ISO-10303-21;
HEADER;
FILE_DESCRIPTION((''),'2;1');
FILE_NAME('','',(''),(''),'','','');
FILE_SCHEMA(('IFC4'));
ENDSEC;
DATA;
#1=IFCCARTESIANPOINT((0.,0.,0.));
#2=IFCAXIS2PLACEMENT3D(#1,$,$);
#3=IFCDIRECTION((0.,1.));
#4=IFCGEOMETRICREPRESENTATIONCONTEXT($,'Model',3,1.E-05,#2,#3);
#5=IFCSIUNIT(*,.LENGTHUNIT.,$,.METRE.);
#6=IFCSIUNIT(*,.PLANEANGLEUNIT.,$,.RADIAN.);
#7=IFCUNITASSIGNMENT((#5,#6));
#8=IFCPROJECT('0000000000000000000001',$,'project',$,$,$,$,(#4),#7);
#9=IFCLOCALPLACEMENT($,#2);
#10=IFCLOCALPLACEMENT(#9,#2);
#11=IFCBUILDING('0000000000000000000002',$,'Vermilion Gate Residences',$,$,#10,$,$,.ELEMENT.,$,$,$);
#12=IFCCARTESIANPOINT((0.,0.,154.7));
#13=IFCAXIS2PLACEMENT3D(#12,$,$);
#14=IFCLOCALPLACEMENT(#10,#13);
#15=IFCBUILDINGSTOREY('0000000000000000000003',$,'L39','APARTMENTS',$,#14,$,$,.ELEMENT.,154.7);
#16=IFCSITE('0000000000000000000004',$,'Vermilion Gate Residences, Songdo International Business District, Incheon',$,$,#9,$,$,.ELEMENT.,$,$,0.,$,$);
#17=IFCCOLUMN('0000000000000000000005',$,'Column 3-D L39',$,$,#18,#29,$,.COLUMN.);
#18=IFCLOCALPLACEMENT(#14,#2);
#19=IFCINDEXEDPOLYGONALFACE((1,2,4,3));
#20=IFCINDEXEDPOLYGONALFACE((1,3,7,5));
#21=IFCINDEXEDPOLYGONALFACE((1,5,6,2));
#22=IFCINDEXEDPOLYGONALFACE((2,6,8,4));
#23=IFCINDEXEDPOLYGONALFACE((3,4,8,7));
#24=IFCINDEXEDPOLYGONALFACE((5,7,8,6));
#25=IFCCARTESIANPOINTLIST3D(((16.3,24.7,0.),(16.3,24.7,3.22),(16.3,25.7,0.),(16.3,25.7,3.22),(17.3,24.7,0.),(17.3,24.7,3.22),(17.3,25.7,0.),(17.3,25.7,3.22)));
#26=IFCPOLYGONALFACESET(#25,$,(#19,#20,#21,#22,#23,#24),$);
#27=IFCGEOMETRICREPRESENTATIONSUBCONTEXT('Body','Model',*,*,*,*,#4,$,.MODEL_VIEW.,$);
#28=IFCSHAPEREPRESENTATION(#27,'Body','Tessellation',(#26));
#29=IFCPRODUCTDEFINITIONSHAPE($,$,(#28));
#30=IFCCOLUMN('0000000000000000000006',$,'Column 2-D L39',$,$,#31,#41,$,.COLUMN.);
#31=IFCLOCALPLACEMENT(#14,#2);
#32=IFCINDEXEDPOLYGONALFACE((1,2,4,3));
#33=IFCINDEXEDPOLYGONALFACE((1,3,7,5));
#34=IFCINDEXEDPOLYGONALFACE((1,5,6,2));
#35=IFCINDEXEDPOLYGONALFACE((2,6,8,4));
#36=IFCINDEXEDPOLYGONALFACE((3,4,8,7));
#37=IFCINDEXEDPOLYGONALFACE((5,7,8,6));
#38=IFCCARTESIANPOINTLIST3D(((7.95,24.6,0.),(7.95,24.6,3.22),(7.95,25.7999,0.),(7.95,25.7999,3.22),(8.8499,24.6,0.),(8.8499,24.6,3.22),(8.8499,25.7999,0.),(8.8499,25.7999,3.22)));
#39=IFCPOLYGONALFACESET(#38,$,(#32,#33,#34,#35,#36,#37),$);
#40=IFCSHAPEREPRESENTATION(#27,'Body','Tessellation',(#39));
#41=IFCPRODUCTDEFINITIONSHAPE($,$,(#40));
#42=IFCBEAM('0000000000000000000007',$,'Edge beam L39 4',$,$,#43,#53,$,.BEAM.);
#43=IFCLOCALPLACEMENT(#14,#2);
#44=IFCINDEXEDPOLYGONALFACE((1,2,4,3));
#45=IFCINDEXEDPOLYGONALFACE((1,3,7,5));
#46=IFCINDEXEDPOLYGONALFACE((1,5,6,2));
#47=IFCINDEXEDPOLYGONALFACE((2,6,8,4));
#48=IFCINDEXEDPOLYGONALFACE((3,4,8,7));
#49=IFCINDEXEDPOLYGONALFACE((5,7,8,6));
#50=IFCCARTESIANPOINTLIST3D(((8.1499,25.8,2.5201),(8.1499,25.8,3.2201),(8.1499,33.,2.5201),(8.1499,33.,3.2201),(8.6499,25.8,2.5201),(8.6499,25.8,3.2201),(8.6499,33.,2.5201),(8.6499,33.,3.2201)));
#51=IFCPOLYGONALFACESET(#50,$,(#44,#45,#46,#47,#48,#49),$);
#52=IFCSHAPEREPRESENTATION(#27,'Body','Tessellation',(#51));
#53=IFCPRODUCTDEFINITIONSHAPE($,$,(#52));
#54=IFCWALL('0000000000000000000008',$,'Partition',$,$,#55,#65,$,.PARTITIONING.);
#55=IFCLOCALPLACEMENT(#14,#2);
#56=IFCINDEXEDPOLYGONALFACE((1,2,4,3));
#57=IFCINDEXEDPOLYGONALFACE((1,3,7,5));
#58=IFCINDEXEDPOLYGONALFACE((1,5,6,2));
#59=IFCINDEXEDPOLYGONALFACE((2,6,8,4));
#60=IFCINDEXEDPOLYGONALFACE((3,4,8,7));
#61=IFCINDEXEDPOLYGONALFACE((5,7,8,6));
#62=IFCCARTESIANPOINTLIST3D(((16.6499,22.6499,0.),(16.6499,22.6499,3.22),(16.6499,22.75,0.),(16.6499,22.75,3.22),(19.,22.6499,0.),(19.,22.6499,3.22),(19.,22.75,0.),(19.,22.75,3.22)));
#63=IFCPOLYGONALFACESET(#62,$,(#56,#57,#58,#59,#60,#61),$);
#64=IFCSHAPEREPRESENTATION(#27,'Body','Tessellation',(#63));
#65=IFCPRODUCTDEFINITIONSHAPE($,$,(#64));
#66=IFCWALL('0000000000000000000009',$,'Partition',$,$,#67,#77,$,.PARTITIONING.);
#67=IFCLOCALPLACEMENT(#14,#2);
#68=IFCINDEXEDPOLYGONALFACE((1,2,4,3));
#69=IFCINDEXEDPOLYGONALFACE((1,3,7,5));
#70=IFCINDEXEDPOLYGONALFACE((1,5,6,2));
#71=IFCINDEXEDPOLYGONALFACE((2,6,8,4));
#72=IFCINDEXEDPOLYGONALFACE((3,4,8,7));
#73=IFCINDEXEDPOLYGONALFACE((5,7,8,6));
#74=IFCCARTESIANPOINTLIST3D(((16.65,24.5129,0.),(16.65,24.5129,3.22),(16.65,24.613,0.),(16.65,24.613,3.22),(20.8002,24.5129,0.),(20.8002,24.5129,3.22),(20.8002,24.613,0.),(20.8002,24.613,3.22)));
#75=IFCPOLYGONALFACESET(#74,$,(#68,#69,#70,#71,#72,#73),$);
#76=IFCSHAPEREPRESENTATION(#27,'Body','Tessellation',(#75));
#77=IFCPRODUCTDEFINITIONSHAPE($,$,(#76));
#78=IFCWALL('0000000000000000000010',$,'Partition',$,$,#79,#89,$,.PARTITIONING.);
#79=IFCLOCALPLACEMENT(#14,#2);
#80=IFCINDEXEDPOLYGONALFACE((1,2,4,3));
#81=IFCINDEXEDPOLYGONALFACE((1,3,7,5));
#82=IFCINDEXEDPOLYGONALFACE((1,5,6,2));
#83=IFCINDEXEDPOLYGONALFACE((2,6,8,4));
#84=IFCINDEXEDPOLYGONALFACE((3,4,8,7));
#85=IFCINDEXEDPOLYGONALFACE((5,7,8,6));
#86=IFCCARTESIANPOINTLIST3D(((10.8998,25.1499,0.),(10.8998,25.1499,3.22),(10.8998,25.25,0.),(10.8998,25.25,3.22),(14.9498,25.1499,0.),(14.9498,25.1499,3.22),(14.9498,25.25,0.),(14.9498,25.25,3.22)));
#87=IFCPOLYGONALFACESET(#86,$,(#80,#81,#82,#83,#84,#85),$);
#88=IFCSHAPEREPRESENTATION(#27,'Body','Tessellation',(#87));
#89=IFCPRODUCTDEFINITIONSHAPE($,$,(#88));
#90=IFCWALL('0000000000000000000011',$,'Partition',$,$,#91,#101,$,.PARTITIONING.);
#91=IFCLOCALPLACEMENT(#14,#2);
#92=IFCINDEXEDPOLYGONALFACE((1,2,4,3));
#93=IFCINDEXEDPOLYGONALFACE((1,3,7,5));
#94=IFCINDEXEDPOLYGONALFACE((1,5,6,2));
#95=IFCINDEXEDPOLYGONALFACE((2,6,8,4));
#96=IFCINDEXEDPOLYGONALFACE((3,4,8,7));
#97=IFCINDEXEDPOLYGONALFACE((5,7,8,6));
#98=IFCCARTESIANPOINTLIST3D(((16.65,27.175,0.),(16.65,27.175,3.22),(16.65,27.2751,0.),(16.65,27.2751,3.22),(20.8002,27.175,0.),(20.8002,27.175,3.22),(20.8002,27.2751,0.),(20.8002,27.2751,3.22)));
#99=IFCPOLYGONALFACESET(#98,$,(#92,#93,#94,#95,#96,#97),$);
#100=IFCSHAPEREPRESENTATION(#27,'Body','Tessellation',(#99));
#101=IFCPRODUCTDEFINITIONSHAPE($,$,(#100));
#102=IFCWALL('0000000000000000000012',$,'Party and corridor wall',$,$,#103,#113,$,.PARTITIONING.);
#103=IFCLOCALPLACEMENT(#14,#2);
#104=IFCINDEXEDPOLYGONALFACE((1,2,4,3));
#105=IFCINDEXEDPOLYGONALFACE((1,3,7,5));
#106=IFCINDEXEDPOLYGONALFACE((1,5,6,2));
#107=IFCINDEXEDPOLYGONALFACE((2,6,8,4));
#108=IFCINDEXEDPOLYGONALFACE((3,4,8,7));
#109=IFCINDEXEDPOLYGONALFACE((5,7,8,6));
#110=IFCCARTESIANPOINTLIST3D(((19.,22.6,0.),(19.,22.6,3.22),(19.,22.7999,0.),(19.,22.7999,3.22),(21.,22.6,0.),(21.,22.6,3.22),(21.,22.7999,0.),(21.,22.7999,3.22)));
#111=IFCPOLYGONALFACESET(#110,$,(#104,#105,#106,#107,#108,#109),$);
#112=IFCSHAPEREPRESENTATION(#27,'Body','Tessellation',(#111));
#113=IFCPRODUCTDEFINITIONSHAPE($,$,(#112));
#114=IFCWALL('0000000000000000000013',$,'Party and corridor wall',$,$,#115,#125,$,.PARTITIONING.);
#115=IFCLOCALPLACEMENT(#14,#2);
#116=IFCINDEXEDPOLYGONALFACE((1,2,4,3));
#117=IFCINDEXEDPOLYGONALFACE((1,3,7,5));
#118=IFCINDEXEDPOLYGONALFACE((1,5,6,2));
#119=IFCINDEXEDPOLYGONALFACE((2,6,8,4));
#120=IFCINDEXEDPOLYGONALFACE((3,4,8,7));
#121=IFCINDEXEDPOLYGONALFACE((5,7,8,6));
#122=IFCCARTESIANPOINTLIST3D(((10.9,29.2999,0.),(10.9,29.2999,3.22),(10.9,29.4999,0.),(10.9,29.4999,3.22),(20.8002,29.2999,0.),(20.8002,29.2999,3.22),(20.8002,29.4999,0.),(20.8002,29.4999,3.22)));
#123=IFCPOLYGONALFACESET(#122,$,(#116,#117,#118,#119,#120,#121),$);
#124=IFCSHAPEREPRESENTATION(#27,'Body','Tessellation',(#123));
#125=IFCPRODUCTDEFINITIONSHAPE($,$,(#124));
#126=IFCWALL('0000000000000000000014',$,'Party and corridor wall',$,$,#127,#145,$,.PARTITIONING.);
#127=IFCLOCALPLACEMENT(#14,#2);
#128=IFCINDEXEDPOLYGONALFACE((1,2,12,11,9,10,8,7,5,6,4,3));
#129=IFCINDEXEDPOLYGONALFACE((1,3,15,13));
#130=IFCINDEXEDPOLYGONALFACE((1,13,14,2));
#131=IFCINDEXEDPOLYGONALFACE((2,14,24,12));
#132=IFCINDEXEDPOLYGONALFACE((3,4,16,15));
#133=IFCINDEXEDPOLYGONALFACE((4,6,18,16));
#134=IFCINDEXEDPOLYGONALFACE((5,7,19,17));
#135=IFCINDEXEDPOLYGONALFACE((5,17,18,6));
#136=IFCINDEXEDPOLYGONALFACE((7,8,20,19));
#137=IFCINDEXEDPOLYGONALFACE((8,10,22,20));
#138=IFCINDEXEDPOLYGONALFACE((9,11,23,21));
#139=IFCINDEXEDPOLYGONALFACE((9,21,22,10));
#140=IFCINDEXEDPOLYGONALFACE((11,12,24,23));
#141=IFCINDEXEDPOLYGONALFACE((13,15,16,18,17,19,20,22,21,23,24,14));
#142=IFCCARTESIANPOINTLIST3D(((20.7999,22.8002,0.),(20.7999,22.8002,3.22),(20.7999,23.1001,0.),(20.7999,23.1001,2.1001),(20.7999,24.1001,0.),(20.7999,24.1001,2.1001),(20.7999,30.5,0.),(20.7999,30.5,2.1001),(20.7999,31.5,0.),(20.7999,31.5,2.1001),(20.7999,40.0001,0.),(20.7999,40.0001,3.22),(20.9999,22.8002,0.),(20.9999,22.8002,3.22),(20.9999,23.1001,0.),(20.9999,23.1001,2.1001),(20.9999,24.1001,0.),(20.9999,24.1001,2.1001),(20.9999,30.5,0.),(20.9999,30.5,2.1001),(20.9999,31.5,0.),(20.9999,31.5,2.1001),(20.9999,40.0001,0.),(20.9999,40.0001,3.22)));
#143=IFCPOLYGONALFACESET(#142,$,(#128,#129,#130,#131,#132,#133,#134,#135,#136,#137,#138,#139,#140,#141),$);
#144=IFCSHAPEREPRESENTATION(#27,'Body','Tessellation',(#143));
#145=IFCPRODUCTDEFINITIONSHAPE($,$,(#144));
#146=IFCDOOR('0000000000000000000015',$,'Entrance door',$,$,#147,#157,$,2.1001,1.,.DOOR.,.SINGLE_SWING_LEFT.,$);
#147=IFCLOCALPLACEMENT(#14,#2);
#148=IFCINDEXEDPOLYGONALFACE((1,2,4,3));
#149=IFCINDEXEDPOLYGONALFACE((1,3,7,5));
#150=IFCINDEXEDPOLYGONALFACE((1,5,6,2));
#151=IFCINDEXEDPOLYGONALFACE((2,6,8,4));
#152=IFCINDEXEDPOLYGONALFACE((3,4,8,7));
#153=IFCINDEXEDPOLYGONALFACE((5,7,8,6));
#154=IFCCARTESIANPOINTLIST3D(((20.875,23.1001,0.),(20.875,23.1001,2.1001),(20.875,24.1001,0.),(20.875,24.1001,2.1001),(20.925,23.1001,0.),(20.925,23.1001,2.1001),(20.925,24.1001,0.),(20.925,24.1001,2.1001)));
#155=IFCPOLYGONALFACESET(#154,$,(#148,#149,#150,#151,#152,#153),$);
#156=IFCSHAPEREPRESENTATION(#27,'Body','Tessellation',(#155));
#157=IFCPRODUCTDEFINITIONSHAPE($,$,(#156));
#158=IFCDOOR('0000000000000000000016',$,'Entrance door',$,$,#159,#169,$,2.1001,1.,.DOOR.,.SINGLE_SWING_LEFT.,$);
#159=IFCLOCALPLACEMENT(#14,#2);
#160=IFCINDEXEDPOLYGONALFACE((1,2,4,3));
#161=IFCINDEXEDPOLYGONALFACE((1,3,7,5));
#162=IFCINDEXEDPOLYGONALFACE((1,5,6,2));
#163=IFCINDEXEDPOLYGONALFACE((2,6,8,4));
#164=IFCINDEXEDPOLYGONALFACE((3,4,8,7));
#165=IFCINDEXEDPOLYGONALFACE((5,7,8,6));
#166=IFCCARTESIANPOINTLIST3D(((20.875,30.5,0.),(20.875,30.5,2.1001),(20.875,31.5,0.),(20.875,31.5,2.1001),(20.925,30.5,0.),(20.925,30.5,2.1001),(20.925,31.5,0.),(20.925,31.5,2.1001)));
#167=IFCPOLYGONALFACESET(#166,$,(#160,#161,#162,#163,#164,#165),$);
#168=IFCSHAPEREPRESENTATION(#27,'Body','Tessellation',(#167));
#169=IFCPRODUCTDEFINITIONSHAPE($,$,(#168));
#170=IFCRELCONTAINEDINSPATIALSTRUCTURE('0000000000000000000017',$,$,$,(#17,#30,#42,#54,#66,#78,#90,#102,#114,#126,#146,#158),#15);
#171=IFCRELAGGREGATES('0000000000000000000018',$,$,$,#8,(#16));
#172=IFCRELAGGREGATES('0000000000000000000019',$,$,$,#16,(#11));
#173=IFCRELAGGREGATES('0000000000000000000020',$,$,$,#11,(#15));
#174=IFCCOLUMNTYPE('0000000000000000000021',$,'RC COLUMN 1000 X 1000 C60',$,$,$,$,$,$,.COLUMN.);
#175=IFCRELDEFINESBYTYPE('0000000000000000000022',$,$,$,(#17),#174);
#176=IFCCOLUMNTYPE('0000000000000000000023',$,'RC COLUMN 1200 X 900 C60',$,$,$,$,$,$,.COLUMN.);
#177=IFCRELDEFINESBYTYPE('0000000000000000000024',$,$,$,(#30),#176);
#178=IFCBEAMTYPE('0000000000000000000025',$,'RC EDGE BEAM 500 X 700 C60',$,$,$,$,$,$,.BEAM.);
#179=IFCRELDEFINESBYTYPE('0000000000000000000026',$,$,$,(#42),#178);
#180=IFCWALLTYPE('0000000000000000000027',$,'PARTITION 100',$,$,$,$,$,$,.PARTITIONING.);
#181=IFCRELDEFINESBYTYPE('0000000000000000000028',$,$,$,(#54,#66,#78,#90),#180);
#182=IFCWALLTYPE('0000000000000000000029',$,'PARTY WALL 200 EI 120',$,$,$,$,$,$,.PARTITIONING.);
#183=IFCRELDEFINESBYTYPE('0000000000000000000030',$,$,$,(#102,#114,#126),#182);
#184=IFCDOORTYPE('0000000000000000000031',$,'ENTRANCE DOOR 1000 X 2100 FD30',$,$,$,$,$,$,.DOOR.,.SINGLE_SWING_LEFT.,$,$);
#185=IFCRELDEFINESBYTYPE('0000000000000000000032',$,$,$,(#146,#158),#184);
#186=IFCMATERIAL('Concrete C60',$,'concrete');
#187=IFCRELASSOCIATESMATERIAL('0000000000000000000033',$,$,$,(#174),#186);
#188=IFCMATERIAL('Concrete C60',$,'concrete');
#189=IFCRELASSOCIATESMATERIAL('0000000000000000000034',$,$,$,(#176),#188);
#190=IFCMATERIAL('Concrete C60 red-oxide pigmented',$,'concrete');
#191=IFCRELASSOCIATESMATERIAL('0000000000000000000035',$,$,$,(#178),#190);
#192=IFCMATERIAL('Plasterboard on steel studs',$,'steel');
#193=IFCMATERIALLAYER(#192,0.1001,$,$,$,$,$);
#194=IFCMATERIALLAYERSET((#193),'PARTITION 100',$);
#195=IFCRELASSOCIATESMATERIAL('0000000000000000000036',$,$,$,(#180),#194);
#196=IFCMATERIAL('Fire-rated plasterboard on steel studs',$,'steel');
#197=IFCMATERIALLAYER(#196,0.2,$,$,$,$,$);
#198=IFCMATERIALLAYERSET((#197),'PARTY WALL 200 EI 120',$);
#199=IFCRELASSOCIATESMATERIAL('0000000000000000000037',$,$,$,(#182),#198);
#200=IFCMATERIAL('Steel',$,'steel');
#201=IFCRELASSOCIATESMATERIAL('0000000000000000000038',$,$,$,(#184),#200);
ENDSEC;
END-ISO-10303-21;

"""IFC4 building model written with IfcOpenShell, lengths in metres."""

from ifc_helpers import new_model, si_unit, direction, frame, frame_2d, origin, origin_2d, place, context, subcontext, project, spatial, rectangle, extrude, material, layer, layer_set, material_profile, profile_set, type_object, element, fill, save


model = new_model("IFC4")

# Units and contexts
model_context = context("Model", 3, precision=1e-05, world=origin(), true_north=direction((0.0, 1.0)))
body_context = subcontext(model_context, "Body", "Model", "MODEL_VIEW")
ifc_project = project(units=[si_unit("LENGTHUNIT", "METRE"), si_unit("PLANEANGLEUNIT", "RADIAN")], contexts=[model_context])

# Site, building, storey
site_placement = place(None, origin())
site = spatial("IfcSite", under=ifc_project, at=site_placement, Name="Vermilion Gate Residences, Songdo International Business District, Incheon", CompositionType="ELEMENT", RefElevation=0.0)
building_placement = place(site_placement, origin())
building = spatial("IfcBuilding", under=site, at=building_placement, Name="Vermilion Gate Residences", CompositionType="ELEMENT")
storey_placement = place(building_placement, frame((0.0, 0.0, 154.7)))
storey = spatial("IfcBuildingStorey", under=building, at=storey_placement, Name="L39", Description="APARTMENTS", CompositionType="ELEMENT", Elevation=154.7)

# Columns
ifc_material_1 = material(Name="Concrete C60", Category="concrete")
ifc_material_profile_1 = material_profile(ifc_material_1, rectangle(XDim=1.0, YDim=1.0, at=origin_2d()), Name="RC-1000x1000")
ifc_profile_set_1 = profile_set([ifc_material_profile_1], Name="Concrete C60")
column_type_1 = type_object("IfcColumnType", Name="RC COLUMN 1000 X 1000 C60", PredefinedType="COLUMN", material=ifc_profile_set_1)
column_1_placement = place(storey_placement, frame((16.8, 25.2, 0.0), z_axis=(0.0, 0.0, 1.0), x_axis=(1.0, 0.0, 0.0)))
element("IfcColumn", 1, at=column_1_placement, inside=storey, type_object=column_type_1, Name="Column 3-D L39", PredefinedType="COLUMN", context=body_context, shape_type="SweptSolid", body=[
    extrude(rectangle(XDim=1.0, YDim=1.0, at=origin_2d()), origin(), (0.0, 0.0, 1.0), 3.22),
])
ifc_material_2 = material(Name="Concrete C60", Category="concrete")
ifc_material_profile_2 = material_profile(ifc_material_2, rectangle(XDim=1.2, YDim=0.8999, at=origin_2d()), Name="RC-1200x900")
ifc_profile_set_2 = profile_set([ifc_material_profile_2], Name="Concrete C60")
column_type_2 = type_object("IfcColumnType", Name="RC COLUMN 1200 X 900 C60", PredefinedType="COLUMN", material=ifc_profile_set_2)
column_2_placement = place(storey_placement, frame((8.3999, 25.2, 0.0), z_axis=(0.0, 0.0, 1.0), x_axis=(0.0, 1.0, 0.0)))
element("IfcColumn", 2, at=column_2_placement, inside=storey, type_object=column_type_2, Name="Column 2-D L39", PredefinedType="COLUMN", context=body_context, shape_type="SweptSolid", body=[
    extrude(rectangle(XDim=1.2, YDim=0.8999, at=origin_2d()), origin(), (0.0, 0.0, 1.0), 3.22),
])

# Beam
ifc_material_3 = material(Name="Concrete C60 red-oxide pigmented", Category="concrete")
ifc_material_profile_3 = material_profile(ifc_material_3, rectangle(XDim=0.5, YDim=0.7, at=origin_2d()), Name="RC-500x700")
ifc_profile_set_3 = profile_set([ifc_material_profile_3], Name="Concrete C60 red-oxide pigmented")
beam_type = type_object("IfcBeamType", Name="RC EDGE BEAM 500 X 700 C60", PredefinedType="BEAM", material=ifc_profile_set_3)
beam_placement = place(storey_placement, frame((8.3999, 25.8, 2.8701), z_axis=(0.0, 1.0, 0.0), x_axis=(-1.0, 0.0, 0.0)))
element("IfcBeam", 3, at=beam_placement, inside=storey, type_object=beam_type, Name="Edge beam L39 4", PredefinedType="BEAM", context=body_context, shape_type="SweptSolid", body=[
    extrude(rectangle(XDim=0.5, YDim=0.7, at=origin_2d()), origin(), (0.0, 0.0, 1.0), 7.2),
])

# Walls
ifc_material_4 = material(Name="Plasterboard on steel studs", Category="steel")
ifc_layer_1 = layer(ifc_material_4, 0.1001)
ifc_layer_set_1 = layer_set([ifc_layer_1], Name="PARTITION 100")
wall_type_1 = type_object("IfcWallType", Name="PARTITION 100", PredefinedType="PARTITIONING", material=ifc_layer_set_1)
wall_1_placement = place(storey_placement, frame((16.6499, 22.7, 0.0), z_axis=(0.0, 0.0, 1.0), x_axis=(1.0, 0.0, 0.0)))
element("IfcWall", 4, at=wall_1_placement, inside=storey, type_object=wall_type_1, Name="Partition", PredefinedType="PARTITIONING", context=body_context, shape_type="SweptSolid", body=[
    extrude(rectangle(XDim=2.3501, YDim=0.1001, at=frame_2d((1.175, 0.0))), origin(), (0.0, 0.0, 1.0), 3.22),
])
wall_2_placement = place(storey_placement, frame((16.6499, 24.563, 0.0), z_axis=(0.0, 0.0, 1.0), x_axis=(1.0, 0.0, 0.0)))
element("IfcWall", 5, at=wall_2_placement, inside=storey, type_object=wall_type_1, Name="Partition", PredefinedType="PARTITIONING", context=body_context, shape_type="SweptSolid", body=[
    extrude(rectangle(XDim=4.1501, YDim=0.1001, at=frame_2d((2.0752, 0.0))), origin(), (0.0, 0.0, 1.0), 3.22),
])
wall_3_placement = place(storey_placement, frame((10.8999, 25.2, 0.0), z_axis=(0.0, 0.0, 1.0), x_axis=(1.0, 0.0, 0.0)))
element("IfcWall", 6, at=wall_3_placement, inside=storey, type_object=wall_type_1, Name="Partition", PredefinedType="PARTITIONING", context=body_context, shape_type="SweptSolid", body=[
    extrude(rectangle(XDim=4.05, YDim=0.1001, at=frame_2d((2.0249, 0.0))), origin(), (0.0, 0.0, 1.0), 3.22),
])
wall_4_placement = place(storey_placement, frame((16.6499, 27.2251, 0.0), z_axis=(0.0, 0.0, 1.0), x_axis=(1.0, 0.0, 0.0)))
element("IfcWall", 7, at=wall_4_placement, inside=storey, type_object=wall_type_1, Name="Partition", PredefinedType="PARTITIONING", context=body_context, shape_type="SweptSolid", body=[
    extrude(rectangle(XDim=4.1501, YDim=0.1001, at=frame_2d((2.0752, 0.0))), origin(), (0.0, 0.0, 1.0), 3.22),
])
ifc_material_5 = material(Name="Fire-rated plasterboard on steel studs", Category="steel")
ifc_layer_2 = layer(ifc_material_5, 0.2)
ifc_layer_set_2 = layer_set([ifc_layer_2], Name="PARTY WALL 200 EI 120")
wall_type_2 = type_object("IfcWallType", Name="PARTY WALL 200 EI 120", PredefinedType="PARTITIONING", material=ifc_layer_set_2)
wall_5_placement = place(storey_placement, frame((19.0, 22.7, 0.0), z_axis=(0.0, 0.0, 1.0), x_axis=(1.0, 0.0, 0.0)))
element("IfcWall", 8, at=wall_5_placement, inside=storey, type_object=wall_type_2, Name="Party and corridor wall", PredefinedType="PARTITIONING", context=body_context, shape_type="SweptSolid", body=[
    extrude(rectangle(XDim=2.0, YDim=0.2, at=frame_2d((1.0, 0.0))), origin(), (0.0, 0.0, 1.0), 3.22),
])
wall_6_placement = place(storey_placement, frame((10.8999, 29.3999, 0.0), z_axis=(0.0, 0.0, 1.0), x_axis=(1.0, 0.0, 0.0)))
element("IfcWall", 9, at=wall_6_placement, inside=storey, type_object=wall_type_2, Name="Party and corridor wall", PredefinedType="PARTITIONING", context=body_context, shape_type="SweptSolid", body=[
    extrude(rectangle(XDim=9.9001, YDim=0.2, at=frame_2d((4.9502, 0.0))), origin(), (0.0, 0.0, 1.0), 3.22),
])

# Wall, openings, doors
wall_7_placement = place(storey_placement, frame((20.8999, 22.8, 0.0), z_axis=(0.0, 0.0, 1.0), x_axis=(0.0, 1.0, 0.0)))
wall_7 = element("IfcWall", 10, at=wall_7_placement, inside=storey, type_object=wall_type_2, Name="Party and corridor wall", PredefinedType="PARTITIONING", context=body_context, shape_type="SweptSolid", body=[
    extrude(rectangle(XDim=17.2, YDim=0.2, at=frame_2d((8.6001, 0.0))), origin(), (0.0, 0.0, 1.0), 3.22),
])
opening_1_placement = place(wall_7_placement, frame((0.3, 0.0, 0.0)))
opening_1 = element("IfcOpeningElement", 11, at=opening_1_placement, cuts=wall_7, PredefinedType="OPENING", context=body_context, shape_type="SweptSolid", body=[
    extrude(rectangle(XDim=1.0, YDim=2.1001, at=frame_2d((0.5, 1.05))), frame((0.0, 0.1099, 0.0), z_axis=(0.0, -1.0, 0.0), x_axis=(1.0, 0.0, 0.0)), (0.0, 0.0, 1.0), 0.22),
])
opening_2_placement = place(wall_7_placement, frame((7.7, 0.0, 0.0)))
opening_2 = element("IfcOpeningElement", 12, at=opening_2_placement, cuts=wall_7, PredefinedType="OPENING", context=body_context, shape_type="SweptSolid", body=[
    extrude(rectangle(XDim=1.0, YDim=2.1001, at=frame_2d((0.5, 1.05))), frame((0.0, 0.1099, 0.0), z_axis=(0.0, -1.0, 0.0), x_axis=(1.0, 0.0, 0.0)), (0.0, 0.0, 1.0), 0.22),
])
ifc_material_6 = material(Name="Steel", Category="steel")
door_type = type_object("IfcDoorType", Name="ENTRANCE DOOR 1000 X 2100 FD30", OperationType="SINGLE_SWING_LEFT", PredefinedType="DOOR", material=ifc_material_6)
door_1_placement = place(opening_1_placement, origin())
door_1 = element("IfcDoor", 13, at=door_1_placement, inside=storey, type_object=door_type, Name="Entrance door", OperationType="SINGLE_SWING_LEFT", OverallHeight=2.1001, OverallWidth=1.0, PredefinedType="DOOR", context=body_context, shape_type="SweptSolid", body=[
    extrude(rectangle(XDim=1.0, YDim=2.1001, at=frame_2d((0.5, 1.05))), frame((0.0, 0.0249, 0.0), z_axis=(0.0, -1.0, 0.0), x_axis=(1.0, 0.0, 0.0)), (0.0, 0.0, 1.0), 0.05),
])
fill(opening_1, door_1)
door_2_placement = place(opening_2_placement, origin())
door_2 = element("IfcDoor", 14, at=door_2_placement, inside=storey, type_object=door_type, Name="Entrance door", OperationType="SINGLE_SWING_LEFT", OverallHeight=2.1001, OverallWidth=1.0, PredefinedType="DOOR", context=body_context, shape_type="SweptSolid", body=[
    extrude(rectangle(XDim=1.0, YDim=2.1001, at=frame_2d((0.5, 1.05))), frame((0.0, 0.0249, 0.0), z_axis=(0.0, -1.0, 0.0), x_axis=(1.0, 0.0, 0.0)), (0.0, 0.0, 1.0), 0.05),
])
fill(opening_2, door_2)

save(model, "model.ifc")
